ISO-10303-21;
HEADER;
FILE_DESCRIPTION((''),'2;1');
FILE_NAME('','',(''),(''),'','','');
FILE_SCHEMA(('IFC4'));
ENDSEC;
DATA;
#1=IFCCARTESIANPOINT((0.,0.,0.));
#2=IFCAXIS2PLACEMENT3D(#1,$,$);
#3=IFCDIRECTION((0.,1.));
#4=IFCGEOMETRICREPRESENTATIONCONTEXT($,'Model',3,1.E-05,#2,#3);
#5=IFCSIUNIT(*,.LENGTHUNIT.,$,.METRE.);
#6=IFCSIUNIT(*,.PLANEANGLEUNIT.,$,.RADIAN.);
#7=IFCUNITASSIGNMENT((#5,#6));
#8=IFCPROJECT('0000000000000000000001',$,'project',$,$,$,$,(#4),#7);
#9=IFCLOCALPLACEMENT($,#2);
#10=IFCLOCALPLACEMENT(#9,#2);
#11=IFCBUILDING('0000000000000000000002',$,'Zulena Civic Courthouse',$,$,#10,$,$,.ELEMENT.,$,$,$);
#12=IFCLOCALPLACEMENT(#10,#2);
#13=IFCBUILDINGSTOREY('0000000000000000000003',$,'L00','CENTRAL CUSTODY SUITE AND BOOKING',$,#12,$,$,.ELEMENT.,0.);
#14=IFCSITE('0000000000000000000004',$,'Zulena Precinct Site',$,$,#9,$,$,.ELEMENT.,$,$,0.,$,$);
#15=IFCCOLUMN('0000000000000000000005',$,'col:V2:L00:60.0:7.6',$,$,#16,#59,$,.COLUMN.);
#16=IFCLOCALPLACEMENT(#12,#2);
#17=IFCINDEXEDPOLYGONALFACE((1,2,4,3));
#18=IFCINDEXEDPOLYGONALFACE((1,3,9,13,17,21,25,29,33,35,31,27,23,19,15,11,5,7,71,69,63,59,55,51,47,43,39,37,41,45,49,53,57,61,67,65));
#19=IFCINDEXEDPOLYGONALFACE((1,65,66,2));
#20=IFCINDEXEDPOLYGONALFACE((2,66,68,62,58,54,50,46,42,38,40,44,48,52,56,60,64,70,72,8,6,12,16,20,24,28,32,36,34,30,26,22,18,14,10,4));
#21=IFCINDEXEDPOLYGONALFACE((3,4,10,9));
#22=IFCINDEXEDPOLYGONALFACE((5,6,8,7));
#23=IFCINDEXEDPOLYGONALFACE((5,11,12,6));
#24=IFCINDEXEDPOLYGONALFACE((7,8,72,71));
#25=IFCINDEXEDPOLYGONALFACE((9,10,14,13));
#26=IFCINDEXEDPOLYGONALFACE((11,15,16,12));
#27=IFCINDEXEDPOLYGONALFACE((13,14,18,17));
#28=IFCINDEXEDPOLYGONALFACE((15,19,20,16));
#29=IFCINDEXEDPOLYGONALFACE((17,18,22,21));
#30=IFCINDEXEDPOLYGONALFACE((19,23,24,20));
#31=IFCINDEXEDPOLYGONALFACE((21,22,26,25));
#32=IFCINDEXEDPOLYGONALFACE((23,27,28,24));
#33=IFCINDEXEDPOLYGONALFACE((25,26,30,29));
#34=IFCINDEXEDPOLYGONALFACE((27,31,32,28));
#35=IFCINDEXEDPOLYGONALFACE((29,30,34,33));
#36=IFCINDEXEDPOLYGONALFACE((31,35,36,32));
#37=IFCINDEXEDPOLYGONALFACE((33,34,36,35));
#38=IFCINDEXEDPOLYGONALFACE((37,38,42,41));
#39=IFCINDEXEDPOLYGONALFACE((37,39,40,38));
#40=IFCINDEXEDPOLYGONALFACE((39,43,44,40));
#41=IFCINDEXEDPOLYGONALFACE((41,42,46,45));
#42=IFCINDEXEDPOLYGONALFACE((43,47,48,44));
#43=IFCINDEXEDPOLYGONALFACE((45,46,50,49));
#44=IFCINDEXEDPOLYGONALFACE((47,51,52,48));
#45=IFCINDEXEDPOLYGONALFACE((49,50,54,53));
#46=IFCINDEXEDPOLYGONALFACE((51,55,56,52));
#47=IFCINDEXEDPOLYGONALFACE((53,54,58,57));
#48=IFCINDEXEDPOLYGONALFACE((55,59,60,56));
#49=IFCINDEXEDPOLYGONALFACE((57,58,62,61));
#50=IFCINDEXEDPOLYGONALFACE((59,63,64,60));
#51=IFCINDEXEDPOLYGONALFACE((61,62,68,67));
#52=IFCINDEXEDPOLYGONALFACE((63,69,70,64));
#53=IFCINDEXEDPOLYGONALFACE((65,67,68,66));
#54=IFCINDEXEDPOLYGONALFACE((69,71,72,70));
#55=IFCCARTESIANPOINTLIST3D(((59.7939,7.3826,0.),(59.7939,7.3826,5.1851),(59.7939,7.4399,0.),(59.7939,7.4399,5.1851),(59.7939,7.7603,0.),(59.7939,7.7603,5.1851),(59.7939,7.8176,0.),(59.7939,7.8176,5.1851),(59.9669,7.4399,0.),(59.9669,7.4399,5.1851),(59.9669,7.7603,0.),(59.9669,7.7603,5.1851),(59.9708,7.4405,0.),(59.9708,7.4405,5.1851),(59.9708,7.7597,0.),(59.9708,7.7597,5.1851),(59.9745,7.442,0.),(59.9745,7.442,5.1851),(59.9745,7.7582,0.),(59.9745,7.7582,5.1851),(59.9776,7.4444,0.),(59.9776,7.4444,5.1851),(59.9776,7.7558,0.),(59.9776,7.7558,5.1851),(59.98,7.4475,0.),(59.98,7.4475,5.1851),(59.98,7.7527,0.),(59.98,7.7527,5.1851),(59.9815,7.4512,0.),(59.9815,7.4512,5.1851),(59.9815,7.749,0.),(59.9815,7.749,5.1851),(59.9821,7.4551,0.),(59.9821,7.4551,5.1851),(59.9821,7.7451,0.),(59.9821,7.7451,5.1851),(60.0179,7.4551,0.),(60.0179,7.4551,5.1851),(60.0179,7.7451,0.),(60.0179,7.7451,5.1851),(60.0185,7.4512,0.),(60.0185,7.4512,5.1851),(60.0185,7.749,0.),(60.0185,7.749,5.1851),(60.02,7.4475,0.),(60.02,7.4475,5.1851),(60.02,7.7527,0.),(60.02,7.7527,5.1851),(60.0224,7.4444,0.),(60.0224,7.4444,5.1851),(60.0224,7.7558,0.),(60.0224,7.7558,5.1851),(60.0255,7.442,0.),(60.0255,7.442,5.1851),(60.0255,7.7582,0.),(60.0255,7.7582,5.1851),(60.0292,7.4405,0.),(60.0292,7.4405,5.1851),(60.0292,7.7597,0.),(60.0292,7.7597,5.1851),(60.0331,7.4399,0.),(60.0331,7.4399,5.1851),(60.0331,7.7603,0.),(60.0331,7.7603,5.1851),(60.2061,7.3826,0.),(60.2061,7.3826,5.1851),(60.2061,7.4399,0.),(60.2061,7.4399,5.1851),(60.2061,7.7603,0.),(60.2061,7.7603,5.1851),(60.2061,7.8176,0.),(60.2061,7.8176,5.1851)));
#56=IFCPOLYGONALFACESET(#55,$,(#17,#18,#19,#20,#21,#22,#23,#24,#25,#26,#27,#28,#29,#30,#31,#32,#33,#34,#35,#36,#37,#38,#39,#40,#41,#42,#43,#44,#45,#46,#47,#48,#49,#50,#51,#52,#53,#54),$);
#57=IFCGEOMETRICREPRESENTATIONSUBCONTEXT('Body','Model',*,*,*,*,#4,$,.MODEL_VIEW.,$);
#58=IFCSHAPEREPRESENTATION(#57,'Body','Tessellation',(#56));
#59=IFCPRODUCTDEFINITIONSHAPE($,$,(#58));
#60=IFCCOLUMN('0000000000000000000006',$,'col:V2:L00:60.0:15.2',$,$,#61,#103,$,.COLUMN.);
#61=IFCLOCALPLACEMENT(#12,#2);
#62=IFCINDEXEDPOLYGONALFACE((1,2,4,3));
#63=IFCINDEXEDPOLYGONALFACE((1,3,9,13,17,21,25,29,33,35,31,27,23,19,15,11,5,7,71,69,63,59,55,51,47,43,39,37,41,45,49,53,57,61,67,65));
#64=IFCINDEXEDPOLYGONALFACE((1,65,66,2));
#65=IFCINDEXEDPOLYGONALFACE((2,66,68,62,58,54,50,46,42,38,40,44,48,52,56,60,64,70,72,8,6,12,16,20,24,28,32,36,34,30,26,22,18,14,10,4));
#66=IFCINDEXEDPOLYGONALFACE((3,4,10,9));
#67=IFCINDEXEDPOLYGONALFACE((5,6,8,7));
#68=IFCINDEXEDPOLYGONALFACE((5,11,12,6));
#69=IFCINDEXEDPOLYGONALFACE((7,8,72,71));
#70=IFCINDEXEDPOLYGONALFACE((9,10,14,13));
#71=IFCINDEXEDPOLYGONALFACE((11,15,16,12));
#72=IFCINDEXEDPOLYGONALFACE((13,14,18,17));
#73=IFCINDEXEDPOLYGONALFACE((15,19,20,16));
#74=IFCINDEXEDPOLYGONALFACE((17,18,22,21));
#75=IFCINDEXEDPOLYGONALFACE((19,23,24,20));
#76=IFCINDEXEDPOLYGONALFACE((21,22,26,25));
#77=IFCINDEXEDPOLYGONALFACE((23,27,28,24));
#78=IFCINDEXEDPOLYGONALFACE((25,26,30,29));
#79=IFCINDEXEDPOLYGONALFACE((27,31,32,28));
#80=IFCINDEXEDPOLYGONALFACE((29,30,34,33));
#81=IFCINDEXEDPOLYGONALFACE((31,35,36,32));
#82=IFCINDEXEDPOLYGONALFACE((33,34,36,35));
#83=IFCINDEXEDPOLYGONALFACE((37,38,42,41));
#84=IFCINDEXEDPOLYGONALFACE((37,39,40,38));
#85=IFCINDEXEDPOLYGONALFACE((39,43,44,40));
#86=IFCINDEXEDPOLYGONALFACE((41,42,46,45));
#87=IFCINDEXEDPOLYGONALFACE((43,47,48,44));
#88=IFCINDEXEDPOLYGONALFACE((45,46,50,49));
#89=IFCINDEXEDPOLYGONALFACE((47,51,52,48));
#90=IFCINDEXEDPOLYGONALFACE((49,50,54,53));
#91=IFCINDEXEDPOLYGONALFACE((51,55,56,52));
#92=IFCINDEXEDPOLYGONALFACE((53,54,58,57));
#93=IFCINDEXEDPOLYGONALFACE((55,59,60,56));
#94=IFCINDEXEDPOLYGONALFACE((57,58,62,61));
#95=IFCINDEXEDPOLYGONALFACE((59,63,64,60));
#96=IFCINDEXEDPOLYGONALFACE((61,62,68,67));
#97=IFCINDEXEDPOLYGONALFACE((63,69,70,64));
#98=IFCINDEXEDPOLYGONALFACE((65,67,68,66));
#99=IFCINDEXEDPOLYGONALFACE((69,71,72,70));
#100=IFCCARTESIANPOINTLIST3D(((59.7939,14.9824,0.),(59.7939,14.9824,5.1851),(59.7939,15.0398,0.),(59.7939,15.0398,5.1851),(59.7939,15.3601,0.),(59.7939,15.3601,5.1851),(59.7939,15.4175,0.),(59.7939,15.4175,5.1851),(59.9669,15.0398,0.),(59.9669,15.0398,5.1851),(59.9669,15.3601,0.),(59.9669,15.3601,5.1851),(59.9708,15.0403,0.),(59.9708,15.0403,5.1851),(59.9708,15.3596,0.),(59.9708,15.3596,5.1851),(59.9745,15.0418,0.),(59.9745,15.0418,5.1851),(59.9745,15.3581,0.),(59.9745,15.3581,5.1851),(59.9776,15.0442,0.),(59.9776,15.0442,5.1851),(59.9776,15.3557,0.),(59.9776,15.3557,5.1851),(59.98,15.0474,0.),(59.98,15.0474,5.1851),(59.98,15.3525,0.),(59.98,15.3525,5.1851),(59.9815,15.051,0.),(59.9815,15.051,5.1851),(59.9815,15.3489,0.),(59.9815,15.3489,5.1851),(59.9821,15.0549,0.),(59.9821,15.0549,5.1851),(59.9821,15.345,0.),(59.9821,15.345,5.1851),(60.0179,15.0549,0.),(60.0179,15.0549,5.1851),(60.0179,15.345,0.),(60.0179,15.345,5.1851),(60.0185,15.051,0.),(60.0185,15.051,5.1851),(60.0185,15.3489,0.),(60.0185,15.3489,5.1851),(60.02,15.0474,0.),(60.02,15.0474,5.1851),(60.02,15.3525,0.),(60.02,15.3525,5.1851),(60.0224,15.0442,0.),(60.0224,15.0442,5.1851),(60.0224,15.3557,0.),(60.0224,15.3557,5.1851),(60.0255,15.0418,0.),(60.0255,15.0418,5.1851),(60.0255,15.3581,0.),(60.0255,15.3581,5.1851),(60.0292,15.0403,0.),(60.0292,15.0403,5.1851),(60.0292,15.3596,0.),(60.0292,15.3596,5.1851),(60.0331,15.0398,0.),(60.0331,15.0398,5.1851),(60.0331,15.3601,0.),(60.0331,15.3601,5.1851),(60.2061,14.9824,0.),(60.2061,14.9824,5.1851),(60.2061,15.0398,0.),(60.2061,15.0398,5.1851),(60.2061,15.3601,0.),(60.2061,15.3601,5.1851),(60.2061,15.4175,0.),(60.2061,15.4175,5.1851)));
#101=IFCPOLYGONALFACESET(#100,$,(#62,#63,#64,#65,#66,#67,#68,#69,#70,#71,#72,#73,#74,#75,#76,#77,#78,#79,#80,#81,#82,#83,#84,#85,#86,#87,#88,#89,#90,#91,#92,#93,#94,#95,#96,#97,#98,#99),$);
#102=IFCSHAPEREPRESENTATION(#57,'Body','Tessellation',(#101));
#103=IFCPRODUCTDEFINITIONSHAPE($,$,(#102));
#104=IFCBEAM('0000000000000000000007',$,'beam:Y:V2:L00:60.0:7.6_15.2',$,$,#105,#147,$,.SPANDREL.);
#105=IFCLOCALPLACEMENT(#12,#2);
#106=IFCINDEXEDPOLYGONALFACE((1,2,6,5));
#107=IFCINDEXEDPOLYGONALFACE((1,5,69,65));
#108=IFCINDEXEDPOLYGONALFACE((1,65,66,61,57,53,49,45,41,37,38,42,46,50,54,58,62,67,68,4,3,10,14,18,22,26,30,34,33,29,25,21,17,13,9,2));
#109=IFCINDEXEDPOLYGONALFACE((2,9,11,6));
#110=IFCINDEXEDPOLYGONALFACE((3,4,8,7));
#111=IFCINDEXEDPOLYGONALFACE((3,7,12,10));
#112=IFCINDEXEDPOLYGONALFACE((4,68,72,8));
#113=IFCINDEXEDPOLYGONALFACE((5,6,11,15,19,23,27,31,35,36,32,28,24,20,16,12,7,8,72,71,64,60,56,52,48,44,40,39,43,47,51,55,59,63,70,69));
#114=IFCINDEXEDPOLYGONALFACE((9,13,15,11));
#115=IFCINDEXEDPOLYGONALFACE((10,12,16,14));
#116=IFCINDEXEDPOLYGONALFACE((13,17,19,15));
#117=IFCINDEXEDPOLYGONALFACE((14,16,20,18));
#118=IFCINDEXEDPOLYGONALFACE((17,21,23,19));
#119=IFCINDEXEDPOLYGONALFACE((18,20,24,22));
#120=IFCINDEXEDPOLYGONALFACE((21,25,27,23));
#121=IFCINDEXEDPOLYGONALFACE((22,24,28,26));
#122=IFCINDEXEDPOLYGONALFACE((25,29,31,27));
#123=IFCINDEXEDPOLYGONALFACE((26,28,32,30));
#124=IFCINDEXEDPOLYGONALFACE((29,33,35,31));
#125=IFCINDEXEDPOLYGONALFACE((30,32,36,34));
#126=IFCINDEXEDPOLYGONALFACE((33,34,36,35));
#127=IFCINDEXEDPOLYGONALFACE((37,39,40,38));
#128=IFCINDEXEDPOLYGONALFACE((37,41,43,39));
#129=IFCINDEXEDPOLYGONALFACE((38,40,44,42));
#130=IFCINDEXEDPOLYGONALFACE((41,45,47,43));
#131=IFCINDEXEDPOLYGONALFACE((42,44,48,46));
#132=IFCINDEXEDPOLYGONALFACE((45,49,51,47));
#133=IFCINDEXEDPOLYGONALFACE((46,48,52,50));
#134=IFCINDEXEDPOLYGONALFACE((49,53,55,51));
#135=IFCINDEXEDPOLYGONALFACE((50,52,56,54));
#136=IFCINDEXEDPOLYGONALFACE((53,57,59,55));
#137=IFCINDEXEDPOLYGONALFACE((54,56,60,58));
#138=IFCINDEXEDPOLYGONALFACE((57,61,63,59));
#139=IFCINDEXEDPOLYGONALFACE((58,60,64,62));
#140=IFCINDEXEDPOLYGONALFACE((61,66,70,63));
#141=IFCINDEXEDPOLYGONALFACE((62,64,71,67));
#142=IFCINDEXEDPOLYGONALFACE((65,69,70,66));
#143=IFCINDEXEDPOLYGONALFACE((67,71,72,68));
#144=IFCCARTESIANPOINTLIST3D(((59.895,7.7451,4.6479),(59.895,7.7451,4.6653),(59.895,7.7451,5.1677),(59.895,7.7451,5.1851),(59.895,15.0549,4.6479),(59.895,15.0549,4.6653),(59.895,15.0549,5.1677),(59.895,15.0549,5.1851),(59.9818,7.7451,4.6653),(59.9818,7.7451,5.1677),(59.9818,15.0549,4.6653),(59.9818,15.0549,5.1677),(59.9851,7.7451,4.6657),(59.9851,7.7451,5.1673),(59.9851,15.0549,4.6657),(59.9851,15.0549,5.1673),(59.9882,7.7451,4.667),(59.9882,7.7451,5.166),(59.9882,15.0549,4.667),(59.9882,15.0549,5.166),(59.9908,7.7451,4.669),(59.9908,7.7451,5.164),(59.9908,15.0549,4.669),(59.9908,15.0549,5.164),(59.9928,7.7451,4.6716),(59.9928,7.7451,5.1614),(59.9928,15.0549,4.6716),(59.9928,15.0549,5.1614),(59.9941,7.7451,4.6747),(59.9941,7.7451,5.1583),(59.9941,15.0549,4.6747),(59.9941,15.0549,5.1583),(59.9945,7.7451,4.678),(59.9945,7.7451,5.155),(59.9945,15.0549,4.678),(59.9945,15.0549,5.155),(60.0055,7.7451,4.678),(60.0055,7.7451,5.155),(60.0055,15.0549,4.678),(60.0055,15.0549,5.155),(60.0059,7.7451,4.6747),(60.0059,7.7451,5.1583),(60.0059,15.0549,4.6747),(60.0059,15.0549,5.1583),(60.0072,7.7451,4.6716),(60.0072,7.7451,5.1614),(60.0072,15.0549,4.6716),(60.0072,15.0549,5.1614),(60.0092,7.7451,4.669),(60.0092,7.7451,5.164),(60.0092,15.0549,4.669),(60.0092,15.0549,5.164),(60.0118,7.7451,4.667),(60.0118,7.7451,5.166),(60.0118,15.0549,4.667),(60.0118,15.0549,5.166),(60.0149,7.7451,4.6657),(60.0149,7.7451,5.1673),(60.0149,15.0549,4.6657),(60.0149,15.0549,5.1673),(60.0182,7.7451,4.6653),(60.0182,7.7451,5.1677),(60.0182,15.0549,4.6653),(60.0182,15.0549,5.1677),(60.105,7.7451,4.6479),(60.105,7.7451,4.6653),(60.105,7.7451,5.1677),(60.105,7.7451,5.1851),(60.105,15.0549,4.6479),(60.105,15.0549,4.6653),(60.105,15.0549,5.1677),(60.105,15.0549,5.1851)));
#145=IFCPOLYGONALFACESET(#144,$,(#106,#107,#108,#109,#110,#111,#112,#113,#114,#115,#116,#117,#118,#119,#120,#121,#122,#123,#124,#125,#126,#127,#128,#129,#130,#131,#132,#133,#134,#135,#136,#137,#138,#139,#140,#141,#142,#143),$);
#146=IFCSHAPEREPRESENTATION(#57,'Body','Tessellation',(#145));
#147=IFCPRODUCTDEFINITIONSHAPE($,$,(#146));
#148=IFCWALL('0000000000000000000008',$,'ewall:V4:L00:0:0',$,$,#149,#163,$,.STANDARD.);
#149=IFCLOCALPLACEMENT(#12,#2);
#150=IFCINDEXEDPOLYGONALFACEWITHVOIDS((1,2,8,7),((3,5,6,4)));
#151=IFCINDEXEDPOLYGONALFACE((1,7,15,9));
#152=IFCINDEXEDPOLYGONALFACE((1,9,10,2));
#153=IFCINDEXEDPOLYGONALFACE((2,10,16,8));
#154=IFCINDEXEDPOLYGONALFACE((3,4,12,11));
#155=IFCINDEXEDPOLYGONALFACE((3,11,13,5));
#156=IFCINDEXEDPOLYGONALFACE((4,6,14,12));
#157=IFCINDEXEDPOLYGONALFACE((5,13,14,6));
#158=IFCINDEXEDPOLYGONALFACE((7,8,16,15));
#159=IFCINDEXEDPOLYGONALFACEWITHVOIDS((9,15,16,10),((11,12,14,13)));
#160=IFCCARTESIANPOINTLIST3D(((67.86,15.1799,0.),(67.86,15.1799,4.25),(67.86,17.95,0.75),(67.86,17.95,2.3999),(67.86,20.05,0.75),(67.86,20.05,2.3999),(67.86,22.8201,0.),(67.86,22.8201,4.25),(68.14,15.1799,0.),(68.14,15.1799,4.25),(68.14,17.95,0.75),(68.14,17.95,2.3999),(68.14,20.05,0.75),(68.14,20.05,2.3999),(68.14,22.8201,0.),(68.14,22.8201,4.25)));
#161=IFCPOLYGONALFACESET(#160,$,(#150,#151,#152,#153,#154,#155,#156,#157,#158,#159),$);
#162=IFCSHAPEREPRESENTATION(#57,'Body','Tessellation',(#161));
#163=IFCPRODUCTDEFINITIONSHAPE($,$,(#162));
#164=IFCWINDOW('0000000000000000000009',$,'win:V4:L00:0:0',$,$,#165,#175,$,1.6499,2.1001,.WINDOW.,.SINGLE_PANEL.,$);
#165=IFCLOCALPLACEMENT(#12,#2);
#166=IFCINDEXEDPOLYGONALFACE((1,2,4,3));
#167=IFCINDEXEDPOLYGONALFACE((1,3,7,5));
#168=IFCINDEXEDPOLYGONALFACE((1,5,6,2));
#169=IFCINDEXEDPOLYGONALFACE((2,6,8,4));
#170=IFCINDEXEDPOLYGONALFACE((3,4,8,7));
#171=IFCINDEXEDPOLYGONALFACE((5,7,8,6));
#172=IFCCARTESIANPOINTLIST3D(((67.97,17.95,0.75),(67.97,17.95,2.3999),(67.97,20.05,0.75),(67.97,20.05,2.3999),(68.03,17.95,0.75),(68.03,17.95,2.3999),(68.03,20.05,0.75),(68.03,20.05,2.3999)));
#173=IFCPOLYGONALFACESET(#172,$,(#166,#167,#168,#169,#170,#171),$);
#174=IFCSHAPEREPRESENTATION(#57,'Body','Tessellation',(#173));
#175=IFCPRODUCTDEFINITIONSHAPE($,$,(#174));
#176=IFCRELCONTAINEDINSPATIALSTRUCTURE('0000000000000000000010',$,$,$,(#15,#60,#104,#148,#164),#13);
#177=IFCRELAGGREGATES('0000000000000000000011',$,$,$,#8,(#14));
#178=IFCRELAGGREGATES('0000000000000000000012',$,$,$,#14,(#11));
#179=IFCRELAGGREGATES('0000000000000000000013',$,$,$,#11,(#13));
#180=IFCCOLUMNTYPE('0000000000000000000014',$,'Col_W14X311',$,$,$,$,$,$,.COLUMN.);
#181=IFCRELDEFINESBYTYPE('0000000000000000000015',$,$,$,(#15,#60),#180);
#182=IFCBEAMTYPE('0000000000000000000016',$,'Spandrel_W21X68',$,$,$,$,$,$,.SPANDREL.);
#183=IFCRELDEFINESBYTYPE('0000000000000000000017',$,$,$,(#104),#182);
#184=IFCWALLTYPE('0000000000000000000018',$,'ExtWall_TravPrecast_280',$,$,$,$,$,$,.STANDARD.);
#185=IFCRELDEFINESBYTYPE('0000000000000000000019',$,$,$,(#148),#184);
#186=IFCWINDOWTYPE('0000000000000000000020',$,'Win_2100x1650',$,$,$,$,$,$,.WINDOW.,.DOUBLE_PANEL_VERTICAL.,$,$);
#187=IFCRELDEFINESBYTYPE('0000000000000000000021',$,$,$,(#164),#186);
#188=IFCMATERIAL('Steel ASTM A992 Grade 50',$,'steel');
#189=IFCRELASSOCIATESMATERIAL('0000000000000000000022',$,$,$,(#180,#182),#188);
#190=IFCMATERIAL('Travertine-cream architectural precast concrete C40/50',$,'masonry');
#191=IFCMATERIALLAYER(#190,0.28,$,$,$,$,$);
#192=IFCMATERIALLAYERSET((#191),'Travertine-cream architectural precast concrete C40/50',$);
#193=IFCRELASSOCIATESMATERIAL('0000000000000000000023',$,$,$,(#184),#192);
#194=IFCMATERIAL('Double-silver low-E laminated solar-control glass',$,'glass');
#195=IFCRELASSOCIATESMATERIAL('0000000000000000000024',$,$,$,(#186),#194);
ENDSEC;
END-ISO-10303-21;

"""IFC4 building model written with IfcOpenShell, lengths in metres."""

from ifc_helpers import new_model, si_unit, direction, frame, frame_2d, origin, origin_2d, place, context, subcontext, project, spatial, rectangle, i_section, extrude, material, layer, layer_set, material_profile, profile_set, type_object, element, fill, save


model = new_model("IFC4")

# Units and contexts
model_context = context("Model", 3, precision=1e-05, world=origin(), true_north=direction((0.0, 1.0)))
body_context = subcontext(model_context, "Body", "Model", "MODEL_VIEW")
ifc_project = project(units=[si_unit("LENGTHUNIT", "METRE"), si_unit("PLANEANGLEUNIT", "RADIAN")], contexts=[model_context])

# Site, building, storey
site_placement = place(None, origin())
site = spatial("IfcSite", under=ifc_project, at=site_placement, Name="Zulena Precinct Site", CompositionType="ELEMENT", RefElevation=0.0)
building_placement = place(site_placement, origin())
building = spatial("IfcBuilding", under=site, at=building_placement, Name="Zulena Civic Courthouse", CompositionType="ELEMENT")
storey_placement = place(building_placement, origin())
storey = spatial("IfcBuildingStorey", under=building, at=storey_placement, Name="L00", Description="CENTRAL CUSTODY SUITE AND BOOKING", CompositionType="ELEMENT", Elevation=0.0)

# Columns
ifc_material_1 = material(Name="Steel ASTM A992 Grade 50", Category="steel")
ifc_material_profile_1 = material_profile(ifc_material_1, i_section(OverallWidth=0.4121, OverallDepth=0.4351, WebThickness=0.0359, FlangeThickness=0.0574, FilletRadius=0.0151, at=origin_2d()), Name="W14X311")
ifc_profile_set_1 = profile_set([ifc_material_profile_1], Name="Steel ASTM A992 Grade 50")
column_type = type_object("IfcColumnType", Name="Col_W14X311", PredefinedType="COLUMN", material=ifc_profile_set_1)
for number, where, z_axis, x_axis, name in (
    (1, (60.0, 7.6001, 0.0), (0.0, 0.0, 1.0), (1.0, 0.0, 0.0), "col:V2:L00:60.0:7.6"),
    (2, (60.0, 15.2, 0.0), (0.0, 0.0, 1.0), (1.0, 0.0, 0.0), "col:V2:L00:60.0:15.2"),
):
    element("IfcColumn", number, at=place(storey_placement, frame(where, z_axis=z_axis, x_axis=x_axis)), inside=storey, type_object=column_type, Name=name, PredefinedType="COLUMN", context=body_context, shape_type="SweptSolid", body=[
        extrude(i_section(OverallWidth=0.4121, OverallDepth=0.4351, WebThickness=0.0359, FlangeThickness=0.0574, FilletRadius=0.0151, at=origin_2d()), origin(), (0.0, 0.0, 1.0), 5.1851),
    ])

# Beam
ifc_material_profile_2 = material_profile(ifc_material_1, i_section(OverallWidth=0.21, OverallDepth=0.5371, WebThickness=0.011, FlangeThickness=0.0173, FilletRadius=0.0127, at=origin_2d()), Name="W21X68")
ifc_profile_set_2 = profile_set([ifc_material_profile_2], Name="Steel ASTM A992 Grade 50")
beam_type = type_object("IfcBeamType", Name="Spandrel_W21X68", PredefinedType="SPANDREL", material=ifc_profile_set_2)
beam_placement = place(storey_placement, frame((60.0, 7.7451, 4.9165), z_axis=(0.0, 1.0, 0.0), x_axis=(-1.0, 0.0, 0.0)))
element("IfcBeam", 3, at=beam_placement, inside=storey, type_object=beam_type, Name="beam:Y:V2:L00:60.0:7.6_15.2", PredefinedType="SPANDREL", context=body_context, shape_type="SweptSolid", body=[
    extrude(i_section(OverallWidth=0.21, OverallDepth=0.5371, WebThickness=0.011, FlangeThickness=0.0173, FilletRadius=0.0127, at=origin_2d()), origin(), (0.0, 0.0, 1.0), 7.3098),
])

# Wall, opening, window
ifc_material_2 = material(Name="Travertine-cream architectural precast concrete C40/50", Category="masonry")
ifc_layer_1 = layer(ifc_material_2, 0.28)
ifc_layer_set_1 = layer_set([ifc_layer_1], Name="Travertine-cream architectural precast concrete C40/50")
wall_type_1 = type_object("IfcWallType", Name="ExtWall_TravPrecast_280", PredefinedType="STANDARD", material=ifc_layer_set_1)
wall_1_placement = place(storey_placement, frame((68.0, 15.1799, 0.0), z_axis=(0.0, 0.0, 1.0), x_axis=(0.0, 1.0, 0.0)))
wall_1 = element("IfcWall", 4, at=wall_1_placement, inside=storey, type_object=wall_type_1, Name="ewall:V4:L00:0:0", PredefinedType="STANDARD", context=body_context, shape_type="SweptSolid", body=[
    extrude(rectangle(XDim=7.6401, YDim=0.28, at=frame_2d((3.8201, 0.0))), origin(), (0.0, 0.0, 1.0), 4.25),
])
opening_1_placement = place(wall_1_placement, frame((2.77, 0.0, 0.75)))
opening_1 = element("IfcOpeningElement", 5, at=opening_1_placement, cuts=wall_1, PredefinedType="OPENING", context=body_context, shape_type="SweptSolid", body=[
    extrude(rectangle(XDim=2.1001, YDim=1.6499, at=frame_2d((1.05, 0.825))), frame((0.0, 0.1499, 0.0), z_axis=(0.0, -1.0, 0.0), x_axis=(1.0, 0.0, 0.0)), (0.0, 0.0, 1.0), 0.3),
])
ifc_material_3 = material(Name="Double-silver low-E laminated solar-control glass", Category="glass")
window_type_1 = type_object("IfcWindowType", Name="Win_2100x1650", PartitioningType="DOUBLE_PANEL_VERTICAL", PredefinedType="WINDOW", material=ifc_material_3)
window_1_placement = place(opening_1_placement, origin())
window_1 = element("IfcWindow", 6, at=window_1_placement, inside=storey, type_object=window_type_1, Name="win:V4:L00:0:0", OverallHeight=1.6499, OverallWidth=2.1001, PartitioningType="SINGLE_PANEL", PredefinedType="WINDOW", context=body_context, shape_type="SweptSolid", body=[
    extrude(rectangle(XDim=2.1001, YDim=1.6499, at=frame_2d((1.05, 0.825))), frame((0.0, 0.03, 0.0), z_axis=(0.0, -1.0, 0.0), x_axis=(1.0, 0.0, 0.0)), (0.0, 0.0, 1.0), 0.0601),
])
fill(opening_1, window_1)

save(model, "model.ifc")
